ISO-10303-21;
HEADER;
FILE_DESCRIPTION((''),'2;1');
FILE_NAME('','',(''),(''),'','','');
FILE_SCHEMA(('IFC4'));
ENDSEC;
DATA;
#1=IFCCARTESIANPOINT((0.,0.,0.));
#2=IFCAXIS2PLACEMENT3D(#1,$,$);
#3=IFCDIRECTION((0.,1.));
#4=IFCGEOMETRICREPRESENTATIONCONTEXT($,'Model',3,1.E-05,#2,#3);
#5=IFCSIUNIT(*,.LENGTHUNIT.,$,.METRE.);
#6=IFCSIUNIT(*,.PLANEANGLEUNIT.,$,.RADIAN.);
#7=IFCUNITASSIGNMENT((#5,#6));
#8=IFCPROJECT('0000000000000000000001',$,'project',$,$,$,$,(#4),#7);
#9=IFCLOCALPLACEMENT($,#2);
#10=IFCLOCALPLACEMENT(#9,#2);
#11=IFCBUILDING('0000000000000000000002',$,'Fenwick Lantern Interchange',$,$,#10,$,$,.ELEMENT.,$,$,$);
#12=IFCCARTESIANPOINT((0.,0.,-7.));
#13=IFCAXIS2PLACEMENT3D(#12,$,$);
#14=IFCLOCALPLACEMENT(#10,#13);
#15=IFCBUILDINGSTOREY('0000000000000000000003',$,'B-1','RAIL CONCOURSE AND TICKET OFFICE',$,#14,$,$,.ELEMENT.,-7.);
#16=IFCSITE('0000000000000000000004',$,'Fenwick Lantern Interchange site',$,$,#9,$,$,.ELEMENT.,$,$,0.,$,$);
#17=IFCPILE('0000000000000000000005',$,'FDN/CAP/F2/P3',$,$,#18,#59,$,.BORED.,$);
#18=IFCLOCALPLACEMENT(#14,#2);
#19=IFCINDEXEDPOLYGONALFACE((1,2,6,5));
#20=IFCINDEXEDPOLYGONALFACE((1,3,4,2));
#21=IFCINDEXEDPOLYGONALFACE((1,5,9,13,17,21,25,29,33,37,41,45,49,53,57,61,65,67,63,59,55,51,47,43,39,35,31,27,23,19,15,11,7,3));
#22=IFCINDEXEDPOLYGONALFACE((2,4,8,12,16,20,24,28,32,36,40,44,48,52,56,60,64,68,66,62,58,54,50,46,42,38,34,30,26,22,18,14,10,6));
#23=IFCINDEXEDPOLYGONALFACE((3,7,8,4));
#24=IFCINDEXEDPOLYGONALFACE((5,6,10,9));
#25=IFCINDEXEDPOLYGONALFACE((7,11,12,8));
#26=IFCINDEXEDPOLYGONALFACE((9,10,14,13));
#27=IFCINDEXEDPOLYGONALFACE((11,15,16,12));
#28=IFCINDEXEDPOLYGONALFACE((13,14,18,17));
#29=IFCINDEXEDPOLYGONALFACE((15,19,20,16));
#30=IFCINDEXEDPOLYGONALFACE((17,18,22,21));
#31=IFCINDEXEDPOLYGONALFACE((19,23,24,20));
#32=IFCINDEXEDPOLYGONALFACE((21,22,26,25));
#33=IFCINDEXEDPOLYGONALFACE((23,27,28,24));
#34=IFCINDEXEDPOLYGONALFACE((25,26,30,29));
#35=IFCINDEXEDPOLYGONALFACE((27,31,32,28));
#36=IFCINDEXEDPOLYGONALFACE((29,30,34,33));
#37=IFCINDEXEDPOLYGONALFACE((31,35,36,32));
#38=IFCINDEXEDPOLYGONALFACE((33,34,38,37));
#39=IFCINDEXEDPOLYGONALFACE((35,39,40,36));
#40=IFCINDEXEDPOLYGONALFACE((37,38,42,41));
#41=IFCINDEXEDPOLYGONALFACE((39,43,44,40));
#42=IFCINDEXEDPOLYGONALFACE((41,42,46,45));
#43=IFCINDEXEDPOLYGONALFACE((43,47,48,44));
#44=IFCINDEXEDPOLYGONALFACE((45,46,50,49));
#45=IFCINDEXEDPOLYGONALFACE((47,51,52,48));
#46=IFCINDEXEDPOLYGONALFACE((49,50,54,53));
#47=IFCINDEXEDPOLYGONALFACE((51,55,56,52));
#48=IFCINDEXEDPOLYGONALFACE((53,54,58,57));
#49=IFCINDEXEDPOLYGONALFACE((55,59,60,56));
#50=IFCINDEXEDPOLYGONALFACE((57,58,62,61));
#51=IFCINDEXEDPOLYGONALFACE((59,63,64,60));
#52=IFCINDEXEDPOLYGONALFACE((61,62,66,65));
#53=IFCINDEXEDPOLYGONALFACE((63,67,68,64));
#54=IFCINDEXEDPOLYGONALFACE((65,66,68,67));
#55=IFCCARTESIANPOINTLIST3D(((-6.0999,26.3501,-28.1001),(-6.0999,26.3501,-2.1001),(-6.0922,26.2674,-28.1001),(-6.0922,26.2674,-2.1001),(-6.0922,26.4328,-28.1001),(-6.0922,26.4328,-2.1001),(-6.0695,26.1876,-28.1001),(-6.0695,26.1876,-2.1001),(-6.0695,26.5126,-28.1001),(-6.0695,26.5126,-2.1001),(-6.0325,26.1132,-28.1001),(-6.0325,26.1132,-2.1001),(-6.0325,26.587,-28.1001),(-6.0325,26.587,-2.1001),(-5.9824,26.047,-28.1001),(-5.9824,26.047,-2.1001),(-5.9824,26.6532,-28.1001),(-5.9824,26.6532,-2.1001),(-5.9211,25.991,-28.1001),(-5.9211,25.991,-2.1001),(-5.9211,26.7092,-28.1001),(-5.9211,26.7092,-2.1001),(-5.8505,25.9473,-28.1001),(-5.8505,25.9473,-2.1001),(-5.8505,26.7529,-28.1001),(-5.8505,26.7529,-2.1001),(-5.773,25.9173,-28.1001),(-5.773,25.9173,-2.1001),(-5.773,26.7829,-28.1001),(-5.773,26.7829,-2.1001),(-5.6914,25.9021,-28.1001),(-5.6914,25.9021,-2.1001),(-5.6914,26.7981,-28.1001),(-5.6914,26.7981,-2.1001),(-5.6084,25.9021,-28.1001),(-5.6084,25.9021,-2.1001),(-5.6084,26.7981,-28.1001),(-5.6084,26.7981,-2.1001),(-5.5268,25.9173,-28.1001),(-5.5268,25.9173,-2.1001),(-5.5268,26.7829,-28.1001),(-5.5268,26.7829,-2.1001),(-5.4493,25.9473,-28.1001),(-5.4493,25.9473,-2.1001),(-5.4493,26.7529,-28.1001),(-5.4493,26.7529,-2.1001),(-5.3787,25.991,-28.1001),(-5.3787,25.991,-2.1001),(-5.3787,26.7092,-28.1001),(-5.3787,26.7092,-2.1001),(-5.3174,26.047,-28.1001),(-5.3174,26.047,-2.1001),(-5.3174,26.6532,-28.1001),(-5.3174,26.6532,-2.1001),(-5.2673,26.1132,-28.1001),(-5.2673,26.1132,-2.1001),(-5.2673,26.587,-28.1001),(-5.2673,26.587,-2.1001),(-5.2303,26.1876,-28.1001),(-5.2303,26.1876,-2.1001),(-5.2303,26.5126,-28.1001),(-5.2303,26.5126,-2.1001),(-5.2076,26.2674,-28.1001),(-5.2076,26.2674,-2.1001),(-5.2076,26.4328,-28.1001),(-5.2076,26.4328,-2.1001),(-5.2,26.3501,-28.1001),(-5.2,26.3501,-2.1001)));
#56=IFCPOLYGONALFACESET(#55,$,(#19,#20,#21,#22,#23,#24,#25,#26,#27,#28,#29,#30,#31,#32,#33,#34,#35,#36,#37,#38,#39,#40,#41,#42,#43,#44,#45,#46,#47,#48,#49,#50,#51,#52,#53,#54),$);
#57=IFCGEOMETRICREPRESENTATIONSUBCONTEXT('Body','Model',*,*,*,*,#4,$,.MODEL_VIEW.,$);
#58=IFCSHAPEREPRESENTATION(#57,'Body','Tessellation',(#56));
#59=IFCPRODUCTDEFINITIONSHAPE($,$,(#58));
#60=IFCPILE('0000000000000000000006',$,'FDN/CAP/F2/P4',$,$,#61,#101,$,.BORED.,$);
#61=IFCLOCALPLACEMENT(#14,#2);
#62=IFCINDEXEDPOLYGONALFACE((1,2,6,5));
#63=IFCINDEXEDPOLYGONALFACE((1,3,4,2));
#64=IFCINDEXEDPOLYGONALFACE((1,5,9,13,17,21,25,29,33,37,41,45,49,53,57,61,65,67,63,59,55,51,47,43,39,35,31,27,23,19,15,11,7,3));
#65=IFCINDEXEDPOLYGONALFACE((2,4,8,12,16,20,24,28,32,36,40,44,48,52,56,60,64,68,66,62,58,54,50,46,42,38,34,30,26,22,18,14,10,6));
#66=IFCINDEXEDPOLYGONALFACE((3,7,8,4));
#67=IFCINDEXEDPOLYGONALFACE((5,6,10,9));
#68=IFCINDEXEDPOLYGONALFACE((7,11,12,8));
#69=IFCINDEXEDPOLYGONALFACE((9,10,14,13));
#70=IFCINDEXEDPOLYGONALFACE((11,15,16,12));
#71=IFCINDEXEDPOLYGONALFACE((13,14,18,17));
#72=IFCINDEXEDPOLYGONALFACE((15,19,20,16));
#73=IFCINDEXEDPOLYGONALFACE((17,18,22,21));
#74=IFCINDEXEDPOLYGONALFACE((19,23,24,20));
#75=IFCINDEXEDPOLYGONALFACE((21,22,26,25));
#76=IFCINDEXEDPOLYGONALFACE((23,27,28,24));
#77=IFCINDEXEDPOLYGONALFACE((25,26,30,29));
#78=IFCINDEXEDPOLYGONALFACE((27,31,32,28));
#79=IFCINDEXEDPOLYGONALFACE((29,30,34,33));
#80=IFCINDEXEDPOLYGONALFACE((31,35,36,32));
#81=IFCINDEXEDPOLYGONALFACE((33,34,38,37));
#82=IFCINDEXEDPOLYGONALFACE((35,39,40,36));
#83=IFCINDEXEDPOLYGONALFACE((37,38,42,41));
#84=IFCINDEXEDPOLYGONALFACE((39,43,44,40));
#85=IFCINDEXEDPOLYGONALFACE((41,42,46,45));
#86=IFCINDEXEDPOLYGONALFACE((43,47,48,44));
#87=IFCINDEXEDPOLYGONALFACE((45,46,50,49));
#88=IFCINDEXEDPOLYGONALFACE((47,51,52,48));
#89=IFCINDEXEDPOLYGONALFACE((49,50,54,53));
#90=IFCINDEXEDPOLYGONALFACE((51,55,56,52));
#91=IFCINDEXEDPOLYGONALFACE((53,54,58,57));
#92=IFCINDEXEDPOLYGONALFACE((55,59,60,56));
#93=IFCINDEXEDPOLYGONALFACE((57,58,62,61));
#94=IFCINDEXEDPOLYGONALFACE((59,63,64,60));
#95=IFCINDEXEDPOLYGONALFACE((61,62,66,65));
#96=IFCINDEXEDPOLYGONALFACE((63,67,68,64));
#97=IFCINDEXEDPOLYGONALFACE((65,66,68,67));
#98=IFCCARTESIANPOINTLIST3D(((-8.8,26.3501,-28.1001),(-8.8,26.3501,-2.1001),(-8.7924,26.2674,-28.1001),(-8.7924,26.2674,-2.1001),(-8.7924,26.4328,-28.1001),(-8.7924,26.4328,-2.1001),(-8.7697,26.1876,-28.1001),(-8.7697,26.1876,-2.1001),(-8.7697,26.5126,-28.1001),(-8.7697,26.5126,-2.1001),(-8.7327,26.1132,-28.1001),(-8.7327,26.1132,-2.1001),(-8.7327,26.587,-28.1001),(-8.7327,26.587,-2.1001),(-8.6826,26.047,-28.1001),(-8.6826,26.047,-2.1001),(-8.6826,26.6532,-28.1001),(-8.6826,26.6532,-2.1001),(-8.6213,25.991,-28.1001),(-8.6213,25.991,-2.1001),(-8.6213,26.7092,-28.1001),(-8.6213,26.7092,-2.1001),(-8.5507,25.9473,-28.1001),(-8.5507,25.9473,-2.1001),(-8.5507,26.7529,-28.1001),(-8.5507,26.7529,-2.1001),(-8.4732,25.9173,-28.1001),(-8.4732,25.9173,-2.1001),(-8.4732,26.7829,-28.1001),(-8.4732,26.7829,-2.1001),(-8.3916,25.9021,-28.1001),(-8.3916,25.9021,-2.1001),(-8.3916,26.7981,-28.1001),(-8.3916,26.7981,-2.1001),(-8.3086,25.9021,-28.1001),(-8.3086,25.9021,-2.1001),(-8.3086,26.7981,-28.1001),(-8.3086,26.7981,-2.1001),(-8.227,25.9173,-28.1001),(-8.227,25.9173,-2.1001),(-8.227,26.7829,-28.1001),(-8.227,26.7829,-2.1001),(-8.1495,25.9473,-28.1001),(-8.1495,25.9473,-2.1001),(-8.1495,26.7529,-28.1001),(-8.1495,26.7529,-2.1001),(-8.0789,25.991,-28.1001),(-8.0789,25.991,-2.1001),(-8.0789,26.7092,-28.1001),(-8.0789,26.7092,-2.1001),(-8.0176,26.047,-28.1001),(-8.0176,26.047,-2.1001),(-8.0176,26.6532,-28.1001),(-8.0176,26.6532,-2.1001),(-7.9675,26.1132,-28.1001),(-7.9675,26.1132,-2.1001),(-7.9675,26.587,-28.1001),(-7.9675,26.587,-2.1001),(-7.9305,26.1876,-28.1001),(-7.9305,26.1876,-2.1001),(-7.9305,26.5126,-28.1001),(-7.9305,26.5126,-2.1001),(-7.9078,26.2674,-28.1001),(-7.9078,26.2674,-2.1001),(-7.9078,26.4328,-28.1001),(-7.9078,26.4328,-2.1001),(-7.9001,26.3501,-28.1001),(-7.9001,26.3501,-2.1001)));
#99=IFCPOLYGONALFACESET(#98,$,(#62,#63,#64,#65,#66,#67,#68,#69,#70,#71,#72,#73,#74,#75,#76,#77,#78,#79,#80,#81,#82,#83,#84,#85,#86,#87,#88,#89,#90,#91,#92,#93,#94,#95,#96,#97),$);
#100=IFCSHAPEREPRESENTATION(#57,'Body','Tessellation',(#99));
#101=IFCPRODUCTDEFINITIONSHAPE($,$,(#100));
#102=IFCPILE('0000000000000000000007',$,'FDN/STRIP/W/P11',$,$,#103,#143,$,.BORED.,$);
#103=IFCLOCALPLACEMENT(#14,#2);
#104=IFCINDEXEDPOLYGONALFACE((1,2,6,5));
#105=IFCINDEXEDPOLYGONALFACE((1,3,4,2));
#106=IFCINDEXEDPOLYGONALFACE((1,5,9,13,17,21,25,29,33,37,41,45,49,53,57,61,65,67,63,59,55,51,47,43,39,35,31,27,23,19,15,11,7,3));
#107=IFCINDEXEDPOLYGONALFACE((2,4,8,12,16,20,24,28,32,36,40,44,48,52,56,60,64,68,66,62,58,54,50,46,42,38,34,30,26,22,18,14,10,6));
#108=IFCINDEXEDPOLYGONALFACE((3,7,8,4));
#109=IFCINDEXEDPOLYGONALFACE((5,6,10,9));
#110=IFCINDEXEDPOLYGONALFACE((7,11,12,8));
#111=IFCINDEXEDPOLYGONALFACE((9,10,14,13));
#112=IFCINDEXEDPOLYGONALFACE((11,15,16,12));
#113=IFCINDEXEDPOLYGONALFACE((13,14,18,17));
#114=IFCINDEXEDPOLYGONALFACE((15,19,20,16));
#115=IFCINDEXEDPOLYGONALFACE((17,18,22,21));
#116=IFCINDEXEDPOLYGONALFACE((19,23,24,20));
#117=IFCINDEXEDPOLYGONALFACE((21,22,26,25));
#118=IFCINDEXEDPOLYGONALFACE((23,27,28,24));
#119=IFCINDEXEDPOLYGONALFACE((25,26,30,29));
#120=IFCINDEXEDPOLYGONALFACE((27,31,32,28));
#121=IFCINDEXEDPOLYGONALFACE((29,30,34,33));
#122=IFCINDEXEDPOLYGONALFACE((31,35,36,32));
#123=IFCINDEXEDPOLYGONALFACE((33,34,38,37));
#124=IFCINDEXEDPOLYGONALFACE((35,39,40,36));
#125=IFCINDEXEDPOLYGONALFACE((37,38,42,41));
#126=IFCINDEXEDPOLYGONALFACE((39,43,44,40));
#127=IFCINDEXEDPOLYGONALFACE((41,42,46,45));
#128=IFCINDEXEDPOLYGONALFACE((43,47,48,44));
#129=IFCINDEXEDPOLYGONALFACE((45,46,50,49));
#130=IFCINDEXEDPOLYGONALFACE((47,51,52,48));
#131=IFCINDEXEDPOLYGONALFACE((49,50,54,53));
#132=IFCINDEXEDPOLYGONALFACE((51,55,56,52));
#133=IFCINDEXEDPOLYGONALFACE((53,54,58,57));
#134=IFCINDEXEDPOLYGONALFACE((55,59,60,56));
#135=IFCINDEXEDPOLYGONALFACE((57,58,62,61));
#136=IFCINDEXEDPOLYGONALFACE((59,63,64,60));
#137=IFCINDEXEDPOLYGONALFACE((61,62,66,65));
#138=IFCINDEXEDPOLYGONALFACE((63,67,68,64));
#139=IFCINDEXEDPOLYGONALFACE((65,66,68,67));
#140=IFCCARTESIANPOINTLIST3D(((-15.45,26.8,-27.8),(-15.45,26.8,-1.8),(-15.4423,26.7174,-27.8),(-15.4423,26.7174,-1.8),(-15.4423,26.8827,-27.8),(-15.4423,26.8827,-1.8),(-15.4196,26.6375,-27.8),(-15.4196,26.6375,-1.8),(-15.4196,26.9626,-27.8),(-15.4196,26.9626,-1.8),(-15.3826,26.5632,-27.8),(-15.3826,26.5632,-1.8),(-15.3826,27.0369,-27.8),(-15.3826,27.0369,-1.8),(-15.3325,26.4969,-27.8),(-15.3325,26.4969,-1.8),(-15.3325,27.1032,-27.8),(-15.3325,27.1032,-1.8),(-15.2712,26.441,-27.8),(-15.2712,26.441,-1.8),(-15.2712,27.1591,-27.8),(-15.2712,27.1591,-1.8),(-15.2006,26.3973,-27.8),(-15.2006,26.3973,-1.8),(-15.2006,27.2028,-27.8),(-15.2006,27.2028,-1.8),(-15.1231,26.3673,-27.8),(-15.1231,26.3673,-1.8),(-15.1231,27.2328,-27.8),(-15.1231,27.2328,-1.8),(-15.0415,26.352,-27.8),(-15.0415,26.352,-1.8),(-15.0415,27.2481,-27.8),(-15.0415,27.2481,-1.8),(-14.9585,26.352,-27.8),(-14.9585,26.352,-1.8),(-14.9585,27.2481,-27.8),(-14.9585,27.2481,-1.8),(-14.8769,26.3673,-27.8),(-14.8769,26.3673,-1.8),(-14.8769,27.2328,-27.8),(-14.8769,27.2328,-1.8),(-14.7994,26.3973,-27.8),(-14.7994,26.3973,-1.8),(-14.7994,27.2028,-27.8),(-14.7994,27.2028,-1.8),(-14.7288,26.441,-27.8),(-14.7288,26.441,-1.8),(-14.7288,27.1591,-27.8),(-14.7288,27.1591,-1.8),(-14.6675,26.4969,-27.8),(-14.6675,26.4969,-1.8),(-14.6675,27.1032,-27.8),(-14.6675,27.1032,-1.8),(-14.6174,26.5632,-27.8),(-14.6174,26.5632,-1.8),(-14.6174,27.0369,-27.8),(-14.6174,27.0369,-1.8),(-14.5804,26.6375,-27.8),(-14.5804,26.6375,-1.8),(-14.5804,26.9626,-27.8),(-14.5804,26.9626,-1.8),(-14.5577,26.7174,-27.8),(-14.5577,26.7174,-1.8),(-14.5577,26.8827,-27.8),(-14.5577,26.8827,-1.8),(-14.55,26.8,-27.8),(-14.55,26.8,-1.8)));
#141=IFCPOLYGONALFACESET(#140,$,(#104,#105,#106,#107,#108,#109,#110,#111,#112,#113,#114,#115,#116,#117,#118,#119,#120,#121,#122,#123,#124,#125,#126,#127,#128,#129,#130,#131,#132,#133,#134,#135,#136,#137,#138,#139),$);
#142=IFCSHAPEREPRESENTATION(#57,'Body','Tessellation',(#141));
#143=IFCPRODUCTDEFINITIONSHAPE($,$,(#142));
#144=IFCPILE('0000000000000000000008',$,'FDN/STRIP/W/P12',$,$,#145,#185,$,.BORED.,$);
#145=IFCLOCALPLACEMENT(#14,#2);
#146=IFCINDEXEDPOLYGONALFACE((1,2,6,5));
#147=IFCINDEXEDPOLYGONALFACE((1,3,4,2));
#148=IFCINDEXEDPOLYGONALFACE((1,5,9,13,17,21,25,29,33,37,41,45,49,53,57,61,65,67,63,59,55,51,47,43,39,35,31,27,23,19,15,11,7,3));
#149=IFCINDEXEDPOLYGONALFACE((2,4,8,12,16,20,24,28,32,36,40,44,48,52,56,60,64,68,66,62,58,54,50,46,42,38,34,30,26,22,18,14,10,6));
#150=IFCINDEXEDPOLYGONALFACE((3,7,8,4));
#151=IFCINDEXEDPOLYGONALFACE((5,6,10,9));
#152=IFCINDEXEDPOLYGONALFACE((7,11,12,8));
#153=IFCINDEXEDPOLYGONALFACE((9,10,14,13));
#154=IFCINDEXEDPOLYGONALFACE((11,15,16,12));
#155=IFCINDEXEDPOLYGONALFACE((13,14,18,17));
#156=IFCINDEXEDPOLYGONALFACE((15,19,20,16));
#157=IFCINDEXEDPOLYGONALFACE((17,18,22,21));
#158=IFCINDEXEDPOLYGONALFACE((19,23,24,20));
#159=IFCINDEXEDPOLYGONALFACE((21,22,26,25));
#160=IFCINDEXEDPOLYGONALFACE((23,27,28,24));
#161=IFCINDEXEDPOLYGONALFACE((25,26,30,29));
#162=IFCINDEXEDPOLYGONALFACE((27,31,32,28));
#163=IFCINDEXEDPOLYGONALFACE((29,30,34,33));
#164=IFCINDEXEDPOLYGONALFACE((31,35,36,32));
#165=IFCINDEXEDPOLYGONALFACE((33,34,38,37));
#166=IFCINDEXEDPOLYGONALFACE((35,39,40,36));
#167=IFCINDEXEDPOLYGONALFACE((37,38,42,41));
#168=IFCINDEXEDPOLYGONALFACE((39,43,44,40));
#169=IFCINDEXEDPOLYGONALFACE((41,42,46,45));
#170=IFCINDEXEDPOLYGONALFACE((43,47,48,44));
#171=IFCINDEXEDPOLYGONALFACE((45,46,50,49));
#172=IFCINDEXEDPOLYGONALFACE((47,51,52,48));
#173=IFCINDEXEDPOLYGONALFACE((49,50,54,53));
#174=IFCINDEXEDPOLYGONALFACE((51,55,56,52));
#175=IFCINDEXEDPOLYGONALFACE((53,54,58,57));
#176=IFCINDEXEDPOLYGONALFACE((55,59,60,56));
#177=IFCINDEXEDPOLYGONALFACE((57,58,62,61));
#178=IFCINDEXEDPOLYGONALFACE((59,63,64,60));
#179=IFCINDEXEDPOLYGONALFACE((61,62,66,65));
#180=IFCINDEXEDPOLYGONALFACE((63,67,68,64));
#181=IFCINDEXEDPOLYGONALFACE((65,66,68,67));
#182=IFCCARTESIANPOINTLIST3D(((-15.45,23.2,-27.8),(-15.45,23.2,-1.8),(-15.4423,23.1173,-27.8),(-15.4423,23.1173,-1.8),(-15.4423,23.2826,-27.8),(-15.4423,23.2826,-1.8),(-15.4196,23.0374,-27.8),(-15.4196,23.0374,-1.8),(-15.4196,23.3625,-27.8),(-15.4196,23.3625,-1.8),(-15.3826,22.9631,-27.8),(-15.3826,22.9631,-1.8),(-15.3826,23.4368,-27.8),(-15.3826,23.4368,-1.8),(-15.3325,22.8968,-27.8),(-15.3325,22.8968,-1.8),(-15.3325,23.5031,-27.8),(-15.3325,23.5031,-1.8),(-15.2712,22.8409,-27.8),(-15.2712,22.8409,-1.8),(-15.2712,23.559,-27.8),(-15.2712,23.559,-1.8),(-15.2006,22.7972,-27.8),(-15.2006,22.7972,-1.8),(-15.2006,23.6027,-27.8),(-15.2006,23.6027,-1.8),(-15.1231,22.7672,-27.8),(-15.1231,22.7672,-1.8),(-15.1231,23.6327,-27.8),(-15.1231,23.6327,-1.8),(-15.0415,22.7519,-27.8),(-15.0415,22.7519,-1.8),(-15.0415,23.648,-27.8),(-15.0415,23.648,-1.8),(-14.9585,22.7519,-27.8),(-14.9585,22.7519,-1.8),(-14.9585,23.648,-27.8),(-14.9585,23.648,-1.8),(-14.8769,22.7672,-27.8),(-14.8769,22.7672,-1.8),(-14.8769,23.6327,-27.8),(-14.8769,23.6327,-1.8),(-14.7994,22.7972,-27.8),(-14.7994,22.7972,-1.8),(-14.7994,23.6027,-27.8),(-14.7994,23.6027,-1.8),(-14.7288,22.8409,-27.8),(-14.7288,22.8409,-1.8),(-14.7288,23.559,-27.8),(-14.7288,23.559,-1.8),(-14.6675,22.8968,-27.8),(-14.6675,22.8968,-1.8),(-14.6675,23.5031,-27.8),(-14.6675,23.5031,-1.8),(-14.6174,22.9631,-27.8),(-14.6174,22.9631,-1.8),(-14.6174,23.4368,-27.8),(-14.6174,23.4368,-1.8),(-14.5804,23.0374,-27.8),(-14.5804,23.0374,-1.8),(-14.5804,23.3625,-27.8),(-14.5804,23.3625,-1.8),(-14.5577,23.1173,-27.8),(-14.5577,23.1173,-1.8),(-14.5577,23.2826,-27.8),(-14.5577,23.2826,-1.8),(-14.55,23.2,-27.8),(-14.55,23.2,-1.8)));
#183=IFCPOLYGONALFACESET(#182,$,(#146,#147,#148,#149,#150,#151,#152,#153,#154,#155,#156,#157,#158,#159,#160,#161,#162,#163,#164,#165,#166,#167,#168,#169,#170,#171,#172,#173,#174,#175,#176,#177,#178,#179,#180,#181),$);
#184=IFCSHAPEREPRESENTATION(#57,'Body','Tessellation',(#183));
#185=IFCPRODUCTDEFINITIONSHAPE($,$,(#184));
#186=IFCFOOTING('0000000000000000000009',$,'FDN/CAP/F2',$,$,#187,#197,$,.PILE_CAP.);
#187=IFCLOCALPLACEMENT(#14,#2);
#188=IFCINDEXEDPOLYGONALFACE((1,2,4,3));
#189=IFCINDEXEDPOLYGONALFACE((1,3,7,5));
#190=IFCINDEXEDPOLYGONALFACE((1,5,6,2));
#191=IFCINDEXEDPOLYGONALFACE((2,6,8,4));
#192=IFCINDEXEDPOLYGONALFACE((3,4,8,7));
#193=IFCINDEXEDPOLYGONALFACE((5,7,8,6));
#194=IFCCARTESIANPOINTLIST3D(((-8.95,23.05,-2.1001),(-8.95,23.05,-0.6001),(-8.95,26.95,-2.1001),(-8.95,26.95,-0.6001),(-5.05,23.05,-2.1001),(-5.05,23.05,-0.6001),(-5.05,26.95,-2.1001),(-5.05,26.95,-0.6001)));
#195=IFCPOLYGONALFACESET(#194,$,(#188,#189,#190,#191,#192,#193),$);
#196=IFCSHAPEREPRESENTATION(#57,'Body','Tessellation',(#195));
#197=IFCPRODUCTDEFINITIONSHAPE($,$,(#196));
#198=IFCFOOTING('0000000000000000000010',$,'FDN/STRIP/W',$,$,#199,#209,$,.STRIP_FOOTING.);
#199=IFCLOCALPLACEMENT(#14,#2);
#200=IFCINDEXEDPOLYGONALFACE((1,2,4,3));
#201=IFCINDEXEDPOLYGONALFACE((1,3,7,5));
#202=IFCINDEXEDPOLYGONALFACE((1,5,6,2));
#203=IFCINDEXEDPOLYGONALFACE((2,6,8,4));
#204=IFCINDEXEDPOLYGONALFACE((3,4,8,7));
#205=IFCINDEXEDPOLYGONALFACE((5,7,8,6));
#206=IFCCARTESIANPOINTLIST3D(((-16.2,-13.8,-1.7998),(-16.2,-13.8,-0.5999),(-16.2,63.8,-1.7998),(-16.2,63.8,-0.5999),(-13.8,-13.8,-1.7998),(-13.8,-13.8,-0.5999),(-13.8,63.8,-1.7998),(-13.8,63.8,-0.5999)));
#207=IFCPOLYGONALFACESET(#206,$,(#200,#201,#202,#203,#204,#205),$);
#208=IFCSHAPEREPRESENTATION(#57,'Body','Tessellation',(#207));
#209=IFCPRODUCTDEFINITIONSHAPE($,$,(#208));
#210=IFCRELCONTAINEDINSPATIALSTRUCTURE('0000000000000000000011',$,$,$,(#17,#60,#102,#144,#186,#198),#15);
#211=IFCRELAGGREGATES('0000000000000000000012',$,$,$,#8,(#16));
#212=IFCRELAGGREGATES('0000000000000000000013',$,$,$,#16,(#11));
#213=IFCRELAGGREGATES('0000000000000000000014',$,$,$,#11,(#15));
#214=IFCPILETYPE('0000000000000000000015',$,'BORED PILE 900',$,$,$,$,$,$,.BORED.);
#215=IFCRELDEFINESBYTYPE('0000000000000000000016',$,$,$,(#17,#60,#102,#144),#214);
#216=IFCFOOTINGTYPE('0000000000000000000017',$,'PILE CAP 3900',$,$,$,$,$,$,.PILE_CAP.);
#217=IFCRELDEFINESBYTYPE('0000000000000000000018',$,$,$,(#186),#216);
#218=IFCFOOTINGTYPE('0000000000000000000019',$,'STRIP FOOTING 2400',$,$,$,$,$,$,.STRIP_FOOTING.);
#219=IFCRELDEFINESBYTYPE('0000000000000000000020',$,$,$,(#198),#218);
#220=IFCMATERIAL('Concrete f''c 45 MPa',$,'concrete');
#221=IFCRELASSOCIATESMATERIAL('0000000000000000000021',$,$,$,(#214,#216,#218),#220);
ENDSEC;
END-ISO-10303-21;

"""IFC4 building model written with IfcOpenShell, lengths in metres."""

from ifc_helpers import new_model, si_unit, direction, frame, origin, origin_2d, place, context, subcontext, project, spatial, rectangle, circle, extrude, material, type_object, element, save


model = new_model("IFC4")

# Units and contexts
model_context = context("Model", 3, precision=1e-05, world=origin(), true_north=direction((0.0, 1.0)))
body_context = subcontext(model_context, "Body", "Model", "MODEL_VIEW")
ifc_project = project(units=[si_unit("LENGTHUNIT", "METRE"), si_unit("PLANEANGLEUNIT", "RADIAN")], contexts=[model_context])

# Site, building, storey
site_placement = place(None, origin())
site = spatial("IfcSite", under=ifc_project, at=site_placement, Name="Fenwick Lantern Interchange site", CompositionType="ELEMENT", RefElevation=0.0)
building_placement = place(site_placement, origin())
building = spatial("IfcBuilding", under=site, at=building_placement, Name="Fenwick Lantern Interchange", CompositionType="ELEMENT")
storey_placement = place(building_placement, frame((0.0, 0.0, -7.0)))
storey = spatial("IfcBuildingStorey", under=building, at=storey_placement, Name="B-1", Description="RAIL CONCOURSE AND TICKET OFFICE", CompositionType="ELEMENT", Elevation=-7.0)

# Piles
ifc_material_1 = material(Name="Concrete f'c 45 MPa", Category="concrete")
pile_type_1 = type_object("IfcPileType", Name="BORED PILE 900", PredefinedType="BORED", material=ifc_material_1)
for number, where, z_axis, x_axis, name in (
    (1, (-5.6499, 26.3501, -2.1001), (0.0, 0.0, -1.0), (1.0, 0.0, 0.0), "FDN/CAP/F2/P3"),
    (2, (-8.3501, 26.3501, -2.1001), (0.0, 0.0, -1.0), (1.0, 0.0, 0.0), "FDN/CAP/F2/P4"),
    (3, (-15.0, 26.8, -1.8), (0.0, 0.0, -1.0), (1.0, 0.0, 0.0), "FDN/STRIP/W/P11"),
    (4, (-15.0, 23.2, -1.8), (0.0, 0.0, -1.0), (1.0, 0.0, 0.0), "FDN/STRIP/W/P12"),
):
    element("IfcPile", number, at=place(storey_placement, frame(where, z_axis=z_axis, x_axis=x_axis)), inside=storey, type_object=pile_type_1, Name=name, PredefinedType="BORED", context=body_context, shape_type="SweptSolid", body=[
        extrude(circle(Radius=0.45, at=origin_2d()), origin(), (0.0, 0.0, 1.0), 26.0),
    ])

# Footings
footing_type_1 = type_object("IfcFootingType", Name="PILE CAP 3900", PredefinedType="PILE_CAP", material=ifc_material_1)
footing_1_placement = place(storey_placement, frame((-7.0, 25.0, -2.1001), z_axis=(0.0, 0.0, 1.0), x_axis=(1.0, 0.0, 0.0)))
element("IfcFooting", 5, at=footing_1_placement, inside=storey, type_object=footing_type_1, Name="FDN/CAP/F2", PredefinedType="PILE_CAP", context=body_context, shape_type="SweptSolid", body=[
    extrude(rectangle(XDim=3.8999, YDim=3.8999, at=origin_2d()), origin(), (0.0, 0.0, 1.0), 1.5),
])
footing_type_2 = type_object("IfcFootingType", Name="STRIP FOOTING 2400", PredefinedType="STRIP_FOOTING", material=ifc_material_1)
footing_2_placement = place(storey_placement, frame((-15.0, 25.0, -1.7998), z_axis=(0.0, 0.0, 1.0), x_axis=(1.0, 0.0, 0.0)))
element("IfcFooting", 6, at=footing_2_placement, inside=storey, type_object=footing_type_2, Name="FDN/STRIP/W", PredefinedType="STRIP_FOOTING", context=body_context, shape_type="SweptSolid", body=[
    extrude(rectangle(XDim=2.3999, YDim=77.6001, at=origin_2d()), origin(), (0.0, 0.0, 1.0), 1.2),
])

save(model, "model.ifc")
